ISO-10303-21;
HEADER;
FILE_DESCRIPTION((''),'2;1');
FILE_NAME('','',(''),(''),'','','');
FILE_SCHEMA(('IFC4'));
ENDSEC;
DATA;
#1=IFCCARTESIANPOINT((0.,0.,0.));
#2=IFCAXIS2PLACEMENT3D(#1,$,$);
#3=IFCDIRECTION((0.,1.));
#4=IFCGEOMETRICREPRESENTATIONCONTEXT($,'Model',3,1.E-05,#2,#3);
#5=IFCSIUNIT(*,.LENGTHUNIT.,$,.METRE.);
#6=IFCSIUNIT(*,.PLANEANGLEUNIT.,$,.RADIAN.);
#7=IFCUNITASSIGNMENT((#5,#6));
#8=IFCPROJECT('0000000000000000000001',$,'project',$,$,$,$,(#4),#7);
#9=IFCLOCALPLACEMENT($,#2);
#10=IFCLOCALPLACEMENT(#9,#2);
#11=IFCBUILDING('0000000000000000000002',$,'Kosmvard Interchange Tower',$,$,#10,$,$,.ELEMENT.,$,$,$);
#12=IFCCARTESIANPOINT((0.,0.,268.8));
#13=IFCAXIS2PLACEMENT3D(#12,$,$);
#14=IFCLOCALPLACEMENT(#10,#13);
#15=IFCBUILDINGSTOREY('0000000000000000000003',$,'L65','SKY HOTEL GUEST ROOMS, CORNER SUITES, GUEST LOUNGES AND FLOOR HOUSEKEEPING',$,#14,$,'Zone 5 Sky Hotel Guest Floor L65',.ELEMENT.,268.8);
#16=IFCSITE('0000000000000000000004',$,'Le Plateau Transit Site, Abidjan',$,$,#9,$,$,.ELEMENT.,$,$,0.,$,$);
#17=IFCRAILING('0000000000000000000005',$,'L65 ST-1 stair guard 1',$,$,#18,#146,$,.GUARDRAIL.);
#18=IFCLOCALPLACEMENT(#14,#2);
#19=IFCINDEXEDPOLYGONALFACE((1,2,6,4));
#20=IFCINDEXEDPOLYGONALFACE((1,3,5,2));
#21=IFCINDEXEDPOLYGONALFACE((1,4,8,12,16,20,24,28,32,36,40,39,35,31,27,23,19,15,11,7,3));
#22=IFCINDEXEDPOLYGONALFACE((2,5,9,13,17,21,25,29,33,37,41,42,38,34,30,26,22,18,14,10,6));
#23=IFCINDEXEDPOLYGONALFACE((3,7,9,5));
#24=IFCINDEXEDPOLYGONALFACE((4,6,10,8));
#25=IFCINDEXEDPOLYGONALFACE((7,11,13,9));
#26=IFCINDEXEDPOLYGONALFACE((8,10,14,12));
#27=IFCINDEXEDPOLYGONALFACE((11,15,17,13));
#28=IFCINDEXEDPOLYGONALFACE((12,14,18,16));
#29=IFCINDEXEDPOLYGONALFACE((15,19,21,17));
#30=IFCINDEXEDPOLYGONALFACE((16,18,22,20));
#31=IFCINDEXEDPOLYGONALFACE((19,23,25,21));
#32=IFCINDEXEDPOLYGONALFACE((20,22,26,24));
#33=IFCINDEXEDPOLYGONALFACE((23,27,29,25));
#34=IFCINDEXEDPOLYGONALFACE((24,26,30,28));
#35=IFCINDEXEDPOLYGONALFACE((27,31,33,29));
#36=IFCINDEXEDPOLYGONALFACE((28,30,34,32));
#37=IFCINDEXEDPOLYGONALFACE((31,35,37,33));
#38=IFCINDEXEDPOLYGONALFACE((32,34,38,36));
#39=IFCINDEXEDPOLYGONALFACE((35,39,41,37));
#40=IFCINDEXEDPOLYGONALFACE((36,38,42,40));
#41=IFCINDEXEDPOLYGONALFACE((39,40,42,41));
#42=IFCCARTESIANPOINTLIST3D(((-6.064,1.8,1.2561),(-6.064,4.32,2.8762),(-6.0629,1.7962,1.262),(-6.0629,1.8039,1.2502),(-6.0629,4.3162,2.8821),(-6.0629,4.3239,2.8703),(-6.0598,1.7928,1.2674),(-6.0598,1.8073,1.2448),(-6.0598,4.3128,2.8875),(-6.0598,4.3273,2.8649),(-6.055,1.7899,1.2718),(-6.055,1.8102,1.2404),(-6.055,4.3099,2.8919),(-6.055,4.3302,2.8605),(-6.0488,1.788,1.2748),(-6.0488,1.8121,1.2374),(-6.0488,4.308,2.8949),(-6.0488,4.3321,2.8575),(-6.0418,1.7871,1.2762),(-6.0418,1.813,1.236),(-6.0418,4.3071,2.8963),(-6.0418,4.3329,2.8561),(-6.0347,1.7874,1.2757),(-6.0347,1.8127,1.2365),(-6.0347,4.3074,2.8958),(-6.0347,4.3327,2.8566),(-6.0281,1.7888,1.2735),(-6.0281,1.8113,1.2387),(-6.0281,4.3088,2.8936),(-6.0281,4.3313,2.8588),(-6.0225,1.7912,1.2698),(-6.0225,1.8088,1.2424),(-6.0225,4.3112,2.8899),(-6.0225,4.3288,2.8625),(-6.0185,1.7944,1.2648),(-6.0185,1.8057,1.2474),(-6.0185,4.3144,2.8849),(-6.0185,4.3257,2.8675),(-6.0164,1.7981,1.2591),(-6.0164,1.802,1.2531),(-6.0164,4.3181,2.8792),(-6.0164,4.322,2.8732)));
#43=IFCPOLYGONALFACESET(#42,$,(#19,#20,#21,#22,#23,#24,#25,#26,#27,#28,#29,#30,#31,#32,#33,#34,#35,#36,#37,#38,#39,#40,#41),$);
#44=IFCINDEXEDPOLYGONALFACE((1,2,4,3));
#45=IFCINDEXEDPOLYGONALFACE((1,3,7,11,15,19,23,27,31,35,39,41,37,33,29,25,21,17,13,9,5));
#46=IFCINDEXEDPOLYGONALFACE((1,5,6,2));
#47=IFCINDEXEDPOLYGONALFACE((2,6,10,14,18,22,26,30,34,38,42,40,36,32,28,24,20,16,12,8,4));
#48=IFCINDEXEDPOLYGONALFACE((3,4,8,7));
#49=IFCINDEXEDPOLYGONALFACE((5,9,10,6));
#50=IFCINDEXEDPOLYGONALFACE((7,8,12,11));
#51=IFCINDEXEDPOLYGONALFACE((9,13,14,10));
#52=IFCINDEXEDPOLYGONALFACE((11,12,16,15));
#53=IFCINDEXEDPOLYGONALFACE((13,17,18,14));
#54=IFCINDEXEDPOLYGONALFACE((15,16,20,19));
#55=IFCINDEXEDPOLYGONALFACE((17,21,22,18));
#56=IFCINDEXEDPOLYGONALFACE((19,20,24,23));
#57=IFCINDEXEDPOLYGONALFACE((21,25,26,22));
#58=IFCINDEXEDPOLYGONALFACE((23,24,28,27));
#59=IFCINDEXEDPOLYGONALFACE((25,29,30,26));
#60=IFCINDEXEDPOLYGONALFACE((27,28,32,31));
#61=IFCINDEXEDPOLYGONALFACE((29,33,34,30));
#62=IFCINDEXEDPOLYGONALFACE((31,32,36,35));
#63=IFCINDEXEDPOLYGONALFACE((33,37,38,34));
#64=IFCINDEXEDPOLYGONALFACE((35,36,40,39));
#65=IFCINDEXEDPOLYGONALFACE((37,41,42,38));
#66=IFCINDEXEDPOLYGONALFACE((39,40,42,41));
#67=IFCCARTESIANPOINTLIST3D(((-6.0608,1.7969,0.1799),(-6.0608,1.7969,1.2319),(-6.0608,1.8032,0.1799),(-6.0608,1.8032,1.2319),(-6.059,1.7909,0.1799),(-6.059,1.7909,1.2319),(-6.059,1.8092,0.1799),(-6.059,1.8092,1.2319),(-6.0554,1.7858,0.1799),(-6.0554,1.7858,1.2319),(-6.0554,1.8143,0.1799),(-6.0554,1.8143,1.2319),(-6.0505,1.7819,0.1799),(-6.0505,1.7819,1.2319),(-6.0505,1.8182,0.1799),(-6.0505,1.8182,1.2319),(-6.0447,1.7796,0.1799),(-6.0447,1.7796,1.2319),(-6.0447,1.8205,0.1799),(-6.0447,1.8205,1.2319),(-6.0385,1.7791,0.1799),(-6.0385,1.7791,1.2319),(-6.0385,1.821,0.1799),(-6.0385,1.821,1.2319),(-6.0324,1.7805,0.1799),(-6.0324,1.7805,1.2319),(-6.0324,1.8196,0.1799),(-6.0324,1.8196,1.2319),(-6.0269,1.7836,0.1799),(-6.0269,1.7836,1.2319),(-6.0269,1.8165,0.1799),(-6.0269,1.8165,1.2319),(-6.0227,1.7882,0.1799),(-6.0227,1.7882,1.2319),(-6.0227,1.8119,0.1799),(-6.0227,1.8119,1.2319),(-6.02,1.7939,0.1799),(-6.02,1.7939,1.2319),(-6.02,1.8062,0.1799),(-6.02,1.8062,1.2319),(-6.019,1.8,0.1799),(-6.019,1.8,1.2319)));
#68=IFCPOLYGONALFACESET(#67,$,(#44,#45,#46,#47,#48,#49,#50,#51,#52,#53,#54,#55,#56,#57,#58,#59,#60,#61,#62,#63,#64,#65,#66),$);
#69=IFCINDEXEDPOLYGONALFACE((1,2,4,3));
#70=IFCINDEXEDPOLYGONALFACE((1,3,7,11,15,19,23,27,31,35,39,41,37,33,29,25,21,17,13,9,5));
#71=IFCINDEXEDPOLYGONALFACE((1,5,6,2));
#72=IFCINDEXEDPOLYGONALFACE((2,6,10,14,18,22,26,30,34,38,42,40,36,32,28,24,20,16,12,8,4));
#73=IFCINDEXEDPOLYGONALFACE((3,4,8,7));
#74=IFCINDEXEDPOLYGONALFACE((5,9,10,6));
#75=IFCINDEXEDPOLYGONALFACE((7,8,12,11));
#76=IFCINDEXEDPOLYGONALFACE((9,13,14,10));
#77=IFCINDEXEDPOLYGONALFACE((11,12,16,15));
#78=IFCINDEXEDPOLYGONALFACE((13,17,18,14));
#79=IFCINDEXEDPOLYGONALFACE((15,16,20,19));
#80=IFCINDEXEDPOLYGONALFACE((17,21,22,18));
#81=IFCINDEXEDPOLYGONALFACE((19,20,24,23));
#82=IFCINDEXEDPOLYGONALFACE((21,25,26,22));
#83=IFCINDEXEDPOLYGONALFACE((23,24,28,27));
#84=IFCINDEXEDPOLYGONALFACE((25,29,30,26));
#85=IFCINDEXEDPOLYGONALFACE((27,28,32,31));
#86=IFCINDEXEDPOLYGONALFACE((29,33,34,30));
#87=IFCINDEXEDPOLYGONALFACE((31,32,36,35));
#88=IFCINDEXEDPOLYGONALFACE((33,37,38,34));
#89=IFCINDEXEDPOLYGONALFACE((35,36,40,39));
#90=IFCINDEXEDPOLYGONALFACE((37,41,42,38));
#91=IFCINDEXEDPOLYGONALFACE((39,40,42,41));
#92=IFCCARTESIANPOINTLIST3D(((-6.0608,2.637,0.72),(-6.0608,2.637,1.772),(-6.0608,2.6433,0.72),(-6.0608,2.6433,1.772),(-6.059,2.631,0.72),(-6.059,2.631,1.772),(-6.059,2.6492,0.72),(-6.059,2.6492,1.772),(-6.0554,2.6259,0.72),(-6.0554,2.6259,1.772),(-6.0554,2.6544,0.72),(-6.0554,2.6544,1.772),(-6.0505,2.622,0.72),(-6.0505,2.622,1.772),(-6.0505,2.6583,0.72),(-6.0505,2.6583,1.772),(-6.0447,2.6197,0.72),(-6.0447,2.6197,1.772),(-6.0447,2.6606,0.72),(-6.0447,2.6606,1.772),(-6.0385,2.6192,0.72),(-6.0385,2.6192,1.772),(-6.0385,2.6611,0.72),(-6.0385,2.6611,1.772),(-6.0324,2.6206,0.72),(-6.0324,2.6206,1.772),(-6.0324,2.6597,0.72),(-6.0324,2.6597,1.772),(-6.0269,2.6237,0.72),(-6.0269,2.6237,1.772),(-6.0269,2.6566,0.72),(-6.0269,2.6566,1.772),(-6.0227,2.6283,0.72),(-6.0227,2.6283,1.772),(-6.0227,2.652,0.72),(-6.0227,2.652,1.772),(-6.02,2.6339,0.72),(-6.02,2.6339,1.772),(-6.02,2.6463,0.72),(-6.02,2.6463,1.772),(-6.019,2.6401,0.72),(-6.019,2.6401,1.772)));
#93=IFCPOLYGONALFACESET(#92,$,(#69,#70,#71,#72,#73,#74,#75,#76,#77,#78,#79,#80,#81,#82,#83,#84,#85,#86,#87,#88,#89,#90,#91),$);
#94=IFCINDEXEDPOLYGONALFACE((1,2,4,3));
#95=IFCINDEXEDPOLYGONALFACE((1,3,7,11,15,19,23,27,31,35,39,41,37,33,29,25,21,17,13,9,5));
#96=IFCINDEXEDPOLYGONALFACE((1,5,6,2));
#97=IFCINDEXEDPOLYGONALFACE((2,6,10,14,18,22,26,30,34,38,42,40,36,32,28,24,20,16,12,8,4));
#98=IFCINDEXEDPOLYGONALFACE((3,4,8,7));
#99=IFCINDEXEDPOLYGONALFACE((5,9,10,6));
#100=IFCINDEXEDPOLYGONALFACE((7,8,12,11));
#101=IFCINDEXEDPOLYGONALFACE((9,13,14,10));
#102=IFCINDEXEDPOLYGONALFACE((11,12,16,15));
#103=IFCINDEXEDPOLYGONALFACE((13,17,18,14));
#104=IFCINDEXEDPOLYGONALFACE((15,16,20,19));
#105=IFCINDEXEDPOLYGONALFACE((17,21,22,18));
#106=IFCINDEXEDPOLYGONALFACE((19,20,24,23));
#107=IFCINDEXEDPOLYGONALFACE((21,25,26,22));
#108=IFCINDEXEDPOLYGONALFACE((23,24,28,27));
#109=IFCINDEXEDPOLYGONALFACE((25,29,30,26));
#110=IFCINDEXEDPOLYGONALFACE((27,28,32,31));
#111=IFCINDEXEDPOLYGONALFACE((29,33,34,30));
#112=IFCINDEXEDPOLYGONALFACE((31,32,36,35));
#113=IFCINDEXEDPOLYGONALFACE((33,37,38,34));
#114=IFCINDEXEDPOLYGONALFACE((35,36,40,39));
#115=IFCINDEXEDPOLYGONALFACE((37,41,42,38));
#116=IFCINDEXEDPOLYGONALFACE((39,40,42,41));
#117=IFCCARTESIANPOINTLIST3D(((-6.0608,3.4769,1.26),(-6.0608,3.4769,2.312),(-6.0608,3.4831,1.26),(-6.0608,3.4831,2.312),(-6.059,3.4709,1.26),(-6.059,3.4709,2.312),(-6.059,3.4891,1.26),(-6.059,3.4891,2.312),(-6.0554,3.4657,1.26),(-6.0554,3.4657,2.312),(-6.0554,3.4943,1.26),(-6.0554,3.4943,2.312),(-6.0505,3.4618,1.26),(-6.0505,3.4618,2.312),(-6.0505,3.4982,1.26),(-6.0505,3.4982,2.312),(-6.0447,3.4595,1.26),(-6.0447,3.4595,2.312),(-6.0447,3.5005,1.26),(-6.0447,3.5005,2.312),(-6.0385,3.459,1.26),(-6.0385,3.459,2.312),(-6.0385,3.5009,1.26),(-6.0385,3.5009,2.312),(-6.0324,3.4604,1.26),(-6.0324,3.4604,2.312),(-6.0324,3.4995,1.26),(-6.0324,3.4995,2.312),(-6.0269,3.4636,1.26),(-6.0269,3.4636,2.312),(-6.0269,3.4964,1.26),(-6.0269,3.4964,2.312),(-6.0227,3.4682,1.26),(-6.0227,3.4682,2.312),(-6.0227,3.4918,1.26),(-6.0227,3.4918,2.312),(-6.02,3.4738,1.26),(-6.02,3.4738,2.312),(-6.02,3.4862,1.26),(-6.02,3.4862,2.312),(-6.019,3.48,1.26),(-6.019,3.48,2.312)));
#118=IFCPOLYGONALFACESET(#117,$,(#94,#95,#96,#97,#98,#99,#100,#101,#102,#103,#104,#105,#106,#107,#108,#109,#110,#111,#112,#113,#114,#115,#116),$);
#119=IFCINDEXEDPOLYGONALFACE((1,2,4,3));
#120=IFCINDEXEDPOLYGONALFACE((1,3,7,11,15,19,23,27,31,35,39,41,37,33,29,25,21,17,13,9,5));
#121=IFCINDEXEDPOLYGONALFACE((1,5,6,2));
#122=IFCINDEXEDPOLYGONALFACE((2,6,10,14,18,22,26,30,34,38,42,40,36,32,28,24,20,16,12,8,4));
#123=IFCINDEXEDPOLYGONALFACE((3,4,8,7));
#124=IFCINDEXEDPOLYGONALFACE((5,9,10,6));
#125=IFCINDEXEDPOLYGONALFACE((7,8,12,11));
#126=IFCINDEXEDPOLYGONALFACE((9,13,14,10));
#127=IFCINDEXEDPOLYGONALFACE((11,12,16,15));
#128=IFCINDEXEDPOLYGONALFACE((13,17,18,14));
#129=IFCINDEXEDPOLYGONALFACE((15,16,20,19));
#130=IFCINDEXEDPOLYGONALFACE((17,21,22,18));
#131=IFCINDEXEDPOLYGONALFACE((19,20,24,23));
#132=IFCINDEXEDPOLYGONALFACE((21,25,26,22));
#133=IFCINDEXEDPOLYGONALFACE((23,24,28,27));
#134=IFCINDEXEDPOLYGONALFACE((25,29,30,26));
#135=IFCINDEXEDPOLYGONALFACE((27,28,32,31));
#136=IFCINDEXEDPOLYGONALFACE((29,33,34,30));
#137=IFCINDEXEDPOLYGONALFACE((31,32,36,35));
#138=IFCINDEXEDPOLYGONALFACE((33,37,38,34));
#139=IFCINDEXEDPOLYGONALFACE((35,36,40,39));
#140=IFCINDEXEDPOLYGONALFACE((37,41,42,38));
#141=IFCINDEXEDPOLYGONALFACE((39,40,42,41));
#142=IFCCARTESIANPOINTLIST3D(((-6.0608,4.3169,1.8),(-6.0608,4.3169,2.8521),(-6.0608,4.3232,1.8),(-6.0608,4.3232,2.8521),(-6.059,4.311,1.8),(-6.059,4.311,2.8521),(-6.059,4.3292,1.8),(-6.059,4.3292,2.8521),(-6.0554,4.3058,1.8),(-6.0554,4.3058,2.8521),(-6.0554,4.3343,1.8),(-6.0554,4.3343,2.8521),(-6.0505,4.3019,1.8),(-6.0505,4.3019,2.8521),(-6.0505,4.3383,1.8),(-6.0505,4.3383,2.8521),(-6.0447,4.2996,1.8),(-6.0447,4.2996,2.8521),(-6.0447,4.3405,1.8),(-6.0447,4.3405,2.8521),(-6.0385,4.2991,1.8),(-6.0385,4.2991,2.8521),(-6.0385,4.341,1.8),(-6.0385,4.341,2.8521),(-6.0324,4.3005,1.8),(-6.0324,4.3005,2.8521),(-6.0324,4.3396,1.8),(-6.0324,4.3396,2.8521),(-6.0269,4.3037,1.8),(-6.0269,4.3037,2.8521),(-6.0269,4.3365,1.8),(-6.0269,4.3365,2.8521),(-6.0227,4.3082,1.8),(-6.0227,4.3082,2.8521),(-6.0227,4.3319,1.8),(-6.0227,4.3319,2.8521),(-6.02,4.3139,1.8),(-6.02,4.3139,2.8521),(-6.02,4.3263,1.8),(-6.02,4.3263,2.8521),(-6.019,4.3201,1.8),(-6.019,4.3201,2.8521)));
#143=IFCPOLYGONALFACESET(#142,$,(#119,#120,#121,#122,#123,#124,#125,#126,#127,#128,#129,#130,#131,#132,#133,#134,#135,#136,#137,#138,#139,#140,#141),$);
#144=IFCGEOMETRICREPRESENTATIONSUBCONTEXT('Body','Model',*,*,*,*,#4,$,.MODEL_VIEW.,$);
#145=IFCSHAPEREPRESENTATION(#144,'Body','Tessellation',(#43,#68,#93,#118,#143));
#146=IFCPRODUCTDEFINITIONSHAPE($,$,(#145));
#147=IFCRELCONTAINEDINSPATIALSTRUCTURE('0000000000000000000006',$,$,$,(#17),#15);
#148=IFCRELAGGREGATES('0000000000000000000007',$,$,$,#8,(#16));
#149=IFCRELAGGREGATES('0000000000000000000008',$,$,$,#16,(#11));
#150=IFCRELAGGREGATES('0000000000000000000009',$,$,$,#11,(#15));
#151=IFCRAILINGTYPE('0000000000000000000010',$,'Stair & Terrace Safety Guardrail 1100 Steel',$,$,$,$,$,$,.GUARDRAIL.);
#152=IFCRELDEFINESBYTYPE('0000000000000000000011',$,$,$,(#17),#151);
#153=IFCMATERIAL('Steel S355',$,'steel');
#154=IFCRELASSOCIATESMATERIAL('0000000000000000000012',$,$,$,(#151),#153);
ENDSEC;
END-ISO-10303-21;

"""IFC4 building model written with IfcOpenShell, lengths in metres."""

from ifc_helpers import new_model, si_unit, direction, frame, origin, origin_2d, place, context, subcontext, project, spatial, circle, extrude, source, transform, mapped, material, type_object, element, save


model = new_model("IFC4")

# Units and contexts
model_context = context("Model", 3, precision=1e-05, world=origin(), true_north=direction((0.0, 1.0)))
body_context = subcontext(model_context, "Body", "Model", "MODEL_VIEW")
ifc_project = project(units=[si_unit("LENGTHUNIT", "METRE"), si_unit("PLANEANGLEUNIT", "RADIAN")], contexts=[model_context])

# Site, building, storey
site_placement = place(None, origin())
site = spatial("IfcSite", under=ifc_project, at=site_placement, Name="Le Plateau Transit Site, Abidjan", CompositionType="ELEMENT", RefElevation=0.0)
building_placement = place(site_placement, origin())
building = spatial("IfcBuilding", under=site, at=building_placement, Name="Kosmvard Interchange Tower", CompositionType="ELEMENT")
storey_placement = place(building_placement, frame((0.0, 0.0, 268.8)))
storey = spatial("IfcBuildingStorey", under=building, at=storey_placement, Name="L65", Description="SKY HOTEL GUEST ROOMS, CORNER SUITES, GUEST LOUNGES AND FLOOR HOUSEKEEPING", LongName="Zone 5 Sky Hotel Guest Floor L65", CompositionType="ELEMENT", Elevation=268.8)

# Shared definitions
ifc_material_1 = material(Name="Steel S355", Category="steel")

# Railing
railing_type_1 = type_object("IfcRailingType", Name="Stair & Terrace Safety Guardrail 1100 Steel", PredefinedType="GUARDRAIL", material=ifc_material_1)
shared_shape_1 = source(origin(), body_context, "Body", "SweptSolid", [
    extrude(circle(Radius=0.0239, at=origin_2d()), frame((0.0, 0.0, 1.0762), z_axis=(0.0, 0.841163, 0.540782), x_axis=(-1.0, 0.0, 0.0)), (0.0, 0.0, 1.0), 2.9958),
    extrude(circle(Radius=0.021, at=origin_2d()), origin(), (0.0, 0.0, 1.0), 1.052),
    extrude(circle(Radius=0.021, at=origin_2d()), frame((0.0, 0.8401, 0.54)), (0.0, 0.0, 1.0), 1.052),
    extrude(circle(Radius=0.021, at=origin_2d()), frame((0.0, 1.6799, 1.0801)), (0.0, 0.0, 1.0), 1.052),
    extrude(circle(Radius=0.021, at=origin_2d()), frame((0.0, 2.52, 1.6201)), (0.0, 0.0, 1.0), 1.052),
])
railing_1_placement = place(storey_placement, frame((-6.04, 1.8, 0.1799)))
element("IfcRailing", 1, at=railing_1_placement, inside=storey, type_object=railing_type_1, Name="L65 ST-1 stair guard 1", PredefinedType="GUARDRAIL", context=body_context, shape_type="MappedRepresentation", body=[
    mapped(shared_shape_1, transform((0.0, 0.0, 0.0), scale=1.0)),
])

save(model, "model.ifc")
